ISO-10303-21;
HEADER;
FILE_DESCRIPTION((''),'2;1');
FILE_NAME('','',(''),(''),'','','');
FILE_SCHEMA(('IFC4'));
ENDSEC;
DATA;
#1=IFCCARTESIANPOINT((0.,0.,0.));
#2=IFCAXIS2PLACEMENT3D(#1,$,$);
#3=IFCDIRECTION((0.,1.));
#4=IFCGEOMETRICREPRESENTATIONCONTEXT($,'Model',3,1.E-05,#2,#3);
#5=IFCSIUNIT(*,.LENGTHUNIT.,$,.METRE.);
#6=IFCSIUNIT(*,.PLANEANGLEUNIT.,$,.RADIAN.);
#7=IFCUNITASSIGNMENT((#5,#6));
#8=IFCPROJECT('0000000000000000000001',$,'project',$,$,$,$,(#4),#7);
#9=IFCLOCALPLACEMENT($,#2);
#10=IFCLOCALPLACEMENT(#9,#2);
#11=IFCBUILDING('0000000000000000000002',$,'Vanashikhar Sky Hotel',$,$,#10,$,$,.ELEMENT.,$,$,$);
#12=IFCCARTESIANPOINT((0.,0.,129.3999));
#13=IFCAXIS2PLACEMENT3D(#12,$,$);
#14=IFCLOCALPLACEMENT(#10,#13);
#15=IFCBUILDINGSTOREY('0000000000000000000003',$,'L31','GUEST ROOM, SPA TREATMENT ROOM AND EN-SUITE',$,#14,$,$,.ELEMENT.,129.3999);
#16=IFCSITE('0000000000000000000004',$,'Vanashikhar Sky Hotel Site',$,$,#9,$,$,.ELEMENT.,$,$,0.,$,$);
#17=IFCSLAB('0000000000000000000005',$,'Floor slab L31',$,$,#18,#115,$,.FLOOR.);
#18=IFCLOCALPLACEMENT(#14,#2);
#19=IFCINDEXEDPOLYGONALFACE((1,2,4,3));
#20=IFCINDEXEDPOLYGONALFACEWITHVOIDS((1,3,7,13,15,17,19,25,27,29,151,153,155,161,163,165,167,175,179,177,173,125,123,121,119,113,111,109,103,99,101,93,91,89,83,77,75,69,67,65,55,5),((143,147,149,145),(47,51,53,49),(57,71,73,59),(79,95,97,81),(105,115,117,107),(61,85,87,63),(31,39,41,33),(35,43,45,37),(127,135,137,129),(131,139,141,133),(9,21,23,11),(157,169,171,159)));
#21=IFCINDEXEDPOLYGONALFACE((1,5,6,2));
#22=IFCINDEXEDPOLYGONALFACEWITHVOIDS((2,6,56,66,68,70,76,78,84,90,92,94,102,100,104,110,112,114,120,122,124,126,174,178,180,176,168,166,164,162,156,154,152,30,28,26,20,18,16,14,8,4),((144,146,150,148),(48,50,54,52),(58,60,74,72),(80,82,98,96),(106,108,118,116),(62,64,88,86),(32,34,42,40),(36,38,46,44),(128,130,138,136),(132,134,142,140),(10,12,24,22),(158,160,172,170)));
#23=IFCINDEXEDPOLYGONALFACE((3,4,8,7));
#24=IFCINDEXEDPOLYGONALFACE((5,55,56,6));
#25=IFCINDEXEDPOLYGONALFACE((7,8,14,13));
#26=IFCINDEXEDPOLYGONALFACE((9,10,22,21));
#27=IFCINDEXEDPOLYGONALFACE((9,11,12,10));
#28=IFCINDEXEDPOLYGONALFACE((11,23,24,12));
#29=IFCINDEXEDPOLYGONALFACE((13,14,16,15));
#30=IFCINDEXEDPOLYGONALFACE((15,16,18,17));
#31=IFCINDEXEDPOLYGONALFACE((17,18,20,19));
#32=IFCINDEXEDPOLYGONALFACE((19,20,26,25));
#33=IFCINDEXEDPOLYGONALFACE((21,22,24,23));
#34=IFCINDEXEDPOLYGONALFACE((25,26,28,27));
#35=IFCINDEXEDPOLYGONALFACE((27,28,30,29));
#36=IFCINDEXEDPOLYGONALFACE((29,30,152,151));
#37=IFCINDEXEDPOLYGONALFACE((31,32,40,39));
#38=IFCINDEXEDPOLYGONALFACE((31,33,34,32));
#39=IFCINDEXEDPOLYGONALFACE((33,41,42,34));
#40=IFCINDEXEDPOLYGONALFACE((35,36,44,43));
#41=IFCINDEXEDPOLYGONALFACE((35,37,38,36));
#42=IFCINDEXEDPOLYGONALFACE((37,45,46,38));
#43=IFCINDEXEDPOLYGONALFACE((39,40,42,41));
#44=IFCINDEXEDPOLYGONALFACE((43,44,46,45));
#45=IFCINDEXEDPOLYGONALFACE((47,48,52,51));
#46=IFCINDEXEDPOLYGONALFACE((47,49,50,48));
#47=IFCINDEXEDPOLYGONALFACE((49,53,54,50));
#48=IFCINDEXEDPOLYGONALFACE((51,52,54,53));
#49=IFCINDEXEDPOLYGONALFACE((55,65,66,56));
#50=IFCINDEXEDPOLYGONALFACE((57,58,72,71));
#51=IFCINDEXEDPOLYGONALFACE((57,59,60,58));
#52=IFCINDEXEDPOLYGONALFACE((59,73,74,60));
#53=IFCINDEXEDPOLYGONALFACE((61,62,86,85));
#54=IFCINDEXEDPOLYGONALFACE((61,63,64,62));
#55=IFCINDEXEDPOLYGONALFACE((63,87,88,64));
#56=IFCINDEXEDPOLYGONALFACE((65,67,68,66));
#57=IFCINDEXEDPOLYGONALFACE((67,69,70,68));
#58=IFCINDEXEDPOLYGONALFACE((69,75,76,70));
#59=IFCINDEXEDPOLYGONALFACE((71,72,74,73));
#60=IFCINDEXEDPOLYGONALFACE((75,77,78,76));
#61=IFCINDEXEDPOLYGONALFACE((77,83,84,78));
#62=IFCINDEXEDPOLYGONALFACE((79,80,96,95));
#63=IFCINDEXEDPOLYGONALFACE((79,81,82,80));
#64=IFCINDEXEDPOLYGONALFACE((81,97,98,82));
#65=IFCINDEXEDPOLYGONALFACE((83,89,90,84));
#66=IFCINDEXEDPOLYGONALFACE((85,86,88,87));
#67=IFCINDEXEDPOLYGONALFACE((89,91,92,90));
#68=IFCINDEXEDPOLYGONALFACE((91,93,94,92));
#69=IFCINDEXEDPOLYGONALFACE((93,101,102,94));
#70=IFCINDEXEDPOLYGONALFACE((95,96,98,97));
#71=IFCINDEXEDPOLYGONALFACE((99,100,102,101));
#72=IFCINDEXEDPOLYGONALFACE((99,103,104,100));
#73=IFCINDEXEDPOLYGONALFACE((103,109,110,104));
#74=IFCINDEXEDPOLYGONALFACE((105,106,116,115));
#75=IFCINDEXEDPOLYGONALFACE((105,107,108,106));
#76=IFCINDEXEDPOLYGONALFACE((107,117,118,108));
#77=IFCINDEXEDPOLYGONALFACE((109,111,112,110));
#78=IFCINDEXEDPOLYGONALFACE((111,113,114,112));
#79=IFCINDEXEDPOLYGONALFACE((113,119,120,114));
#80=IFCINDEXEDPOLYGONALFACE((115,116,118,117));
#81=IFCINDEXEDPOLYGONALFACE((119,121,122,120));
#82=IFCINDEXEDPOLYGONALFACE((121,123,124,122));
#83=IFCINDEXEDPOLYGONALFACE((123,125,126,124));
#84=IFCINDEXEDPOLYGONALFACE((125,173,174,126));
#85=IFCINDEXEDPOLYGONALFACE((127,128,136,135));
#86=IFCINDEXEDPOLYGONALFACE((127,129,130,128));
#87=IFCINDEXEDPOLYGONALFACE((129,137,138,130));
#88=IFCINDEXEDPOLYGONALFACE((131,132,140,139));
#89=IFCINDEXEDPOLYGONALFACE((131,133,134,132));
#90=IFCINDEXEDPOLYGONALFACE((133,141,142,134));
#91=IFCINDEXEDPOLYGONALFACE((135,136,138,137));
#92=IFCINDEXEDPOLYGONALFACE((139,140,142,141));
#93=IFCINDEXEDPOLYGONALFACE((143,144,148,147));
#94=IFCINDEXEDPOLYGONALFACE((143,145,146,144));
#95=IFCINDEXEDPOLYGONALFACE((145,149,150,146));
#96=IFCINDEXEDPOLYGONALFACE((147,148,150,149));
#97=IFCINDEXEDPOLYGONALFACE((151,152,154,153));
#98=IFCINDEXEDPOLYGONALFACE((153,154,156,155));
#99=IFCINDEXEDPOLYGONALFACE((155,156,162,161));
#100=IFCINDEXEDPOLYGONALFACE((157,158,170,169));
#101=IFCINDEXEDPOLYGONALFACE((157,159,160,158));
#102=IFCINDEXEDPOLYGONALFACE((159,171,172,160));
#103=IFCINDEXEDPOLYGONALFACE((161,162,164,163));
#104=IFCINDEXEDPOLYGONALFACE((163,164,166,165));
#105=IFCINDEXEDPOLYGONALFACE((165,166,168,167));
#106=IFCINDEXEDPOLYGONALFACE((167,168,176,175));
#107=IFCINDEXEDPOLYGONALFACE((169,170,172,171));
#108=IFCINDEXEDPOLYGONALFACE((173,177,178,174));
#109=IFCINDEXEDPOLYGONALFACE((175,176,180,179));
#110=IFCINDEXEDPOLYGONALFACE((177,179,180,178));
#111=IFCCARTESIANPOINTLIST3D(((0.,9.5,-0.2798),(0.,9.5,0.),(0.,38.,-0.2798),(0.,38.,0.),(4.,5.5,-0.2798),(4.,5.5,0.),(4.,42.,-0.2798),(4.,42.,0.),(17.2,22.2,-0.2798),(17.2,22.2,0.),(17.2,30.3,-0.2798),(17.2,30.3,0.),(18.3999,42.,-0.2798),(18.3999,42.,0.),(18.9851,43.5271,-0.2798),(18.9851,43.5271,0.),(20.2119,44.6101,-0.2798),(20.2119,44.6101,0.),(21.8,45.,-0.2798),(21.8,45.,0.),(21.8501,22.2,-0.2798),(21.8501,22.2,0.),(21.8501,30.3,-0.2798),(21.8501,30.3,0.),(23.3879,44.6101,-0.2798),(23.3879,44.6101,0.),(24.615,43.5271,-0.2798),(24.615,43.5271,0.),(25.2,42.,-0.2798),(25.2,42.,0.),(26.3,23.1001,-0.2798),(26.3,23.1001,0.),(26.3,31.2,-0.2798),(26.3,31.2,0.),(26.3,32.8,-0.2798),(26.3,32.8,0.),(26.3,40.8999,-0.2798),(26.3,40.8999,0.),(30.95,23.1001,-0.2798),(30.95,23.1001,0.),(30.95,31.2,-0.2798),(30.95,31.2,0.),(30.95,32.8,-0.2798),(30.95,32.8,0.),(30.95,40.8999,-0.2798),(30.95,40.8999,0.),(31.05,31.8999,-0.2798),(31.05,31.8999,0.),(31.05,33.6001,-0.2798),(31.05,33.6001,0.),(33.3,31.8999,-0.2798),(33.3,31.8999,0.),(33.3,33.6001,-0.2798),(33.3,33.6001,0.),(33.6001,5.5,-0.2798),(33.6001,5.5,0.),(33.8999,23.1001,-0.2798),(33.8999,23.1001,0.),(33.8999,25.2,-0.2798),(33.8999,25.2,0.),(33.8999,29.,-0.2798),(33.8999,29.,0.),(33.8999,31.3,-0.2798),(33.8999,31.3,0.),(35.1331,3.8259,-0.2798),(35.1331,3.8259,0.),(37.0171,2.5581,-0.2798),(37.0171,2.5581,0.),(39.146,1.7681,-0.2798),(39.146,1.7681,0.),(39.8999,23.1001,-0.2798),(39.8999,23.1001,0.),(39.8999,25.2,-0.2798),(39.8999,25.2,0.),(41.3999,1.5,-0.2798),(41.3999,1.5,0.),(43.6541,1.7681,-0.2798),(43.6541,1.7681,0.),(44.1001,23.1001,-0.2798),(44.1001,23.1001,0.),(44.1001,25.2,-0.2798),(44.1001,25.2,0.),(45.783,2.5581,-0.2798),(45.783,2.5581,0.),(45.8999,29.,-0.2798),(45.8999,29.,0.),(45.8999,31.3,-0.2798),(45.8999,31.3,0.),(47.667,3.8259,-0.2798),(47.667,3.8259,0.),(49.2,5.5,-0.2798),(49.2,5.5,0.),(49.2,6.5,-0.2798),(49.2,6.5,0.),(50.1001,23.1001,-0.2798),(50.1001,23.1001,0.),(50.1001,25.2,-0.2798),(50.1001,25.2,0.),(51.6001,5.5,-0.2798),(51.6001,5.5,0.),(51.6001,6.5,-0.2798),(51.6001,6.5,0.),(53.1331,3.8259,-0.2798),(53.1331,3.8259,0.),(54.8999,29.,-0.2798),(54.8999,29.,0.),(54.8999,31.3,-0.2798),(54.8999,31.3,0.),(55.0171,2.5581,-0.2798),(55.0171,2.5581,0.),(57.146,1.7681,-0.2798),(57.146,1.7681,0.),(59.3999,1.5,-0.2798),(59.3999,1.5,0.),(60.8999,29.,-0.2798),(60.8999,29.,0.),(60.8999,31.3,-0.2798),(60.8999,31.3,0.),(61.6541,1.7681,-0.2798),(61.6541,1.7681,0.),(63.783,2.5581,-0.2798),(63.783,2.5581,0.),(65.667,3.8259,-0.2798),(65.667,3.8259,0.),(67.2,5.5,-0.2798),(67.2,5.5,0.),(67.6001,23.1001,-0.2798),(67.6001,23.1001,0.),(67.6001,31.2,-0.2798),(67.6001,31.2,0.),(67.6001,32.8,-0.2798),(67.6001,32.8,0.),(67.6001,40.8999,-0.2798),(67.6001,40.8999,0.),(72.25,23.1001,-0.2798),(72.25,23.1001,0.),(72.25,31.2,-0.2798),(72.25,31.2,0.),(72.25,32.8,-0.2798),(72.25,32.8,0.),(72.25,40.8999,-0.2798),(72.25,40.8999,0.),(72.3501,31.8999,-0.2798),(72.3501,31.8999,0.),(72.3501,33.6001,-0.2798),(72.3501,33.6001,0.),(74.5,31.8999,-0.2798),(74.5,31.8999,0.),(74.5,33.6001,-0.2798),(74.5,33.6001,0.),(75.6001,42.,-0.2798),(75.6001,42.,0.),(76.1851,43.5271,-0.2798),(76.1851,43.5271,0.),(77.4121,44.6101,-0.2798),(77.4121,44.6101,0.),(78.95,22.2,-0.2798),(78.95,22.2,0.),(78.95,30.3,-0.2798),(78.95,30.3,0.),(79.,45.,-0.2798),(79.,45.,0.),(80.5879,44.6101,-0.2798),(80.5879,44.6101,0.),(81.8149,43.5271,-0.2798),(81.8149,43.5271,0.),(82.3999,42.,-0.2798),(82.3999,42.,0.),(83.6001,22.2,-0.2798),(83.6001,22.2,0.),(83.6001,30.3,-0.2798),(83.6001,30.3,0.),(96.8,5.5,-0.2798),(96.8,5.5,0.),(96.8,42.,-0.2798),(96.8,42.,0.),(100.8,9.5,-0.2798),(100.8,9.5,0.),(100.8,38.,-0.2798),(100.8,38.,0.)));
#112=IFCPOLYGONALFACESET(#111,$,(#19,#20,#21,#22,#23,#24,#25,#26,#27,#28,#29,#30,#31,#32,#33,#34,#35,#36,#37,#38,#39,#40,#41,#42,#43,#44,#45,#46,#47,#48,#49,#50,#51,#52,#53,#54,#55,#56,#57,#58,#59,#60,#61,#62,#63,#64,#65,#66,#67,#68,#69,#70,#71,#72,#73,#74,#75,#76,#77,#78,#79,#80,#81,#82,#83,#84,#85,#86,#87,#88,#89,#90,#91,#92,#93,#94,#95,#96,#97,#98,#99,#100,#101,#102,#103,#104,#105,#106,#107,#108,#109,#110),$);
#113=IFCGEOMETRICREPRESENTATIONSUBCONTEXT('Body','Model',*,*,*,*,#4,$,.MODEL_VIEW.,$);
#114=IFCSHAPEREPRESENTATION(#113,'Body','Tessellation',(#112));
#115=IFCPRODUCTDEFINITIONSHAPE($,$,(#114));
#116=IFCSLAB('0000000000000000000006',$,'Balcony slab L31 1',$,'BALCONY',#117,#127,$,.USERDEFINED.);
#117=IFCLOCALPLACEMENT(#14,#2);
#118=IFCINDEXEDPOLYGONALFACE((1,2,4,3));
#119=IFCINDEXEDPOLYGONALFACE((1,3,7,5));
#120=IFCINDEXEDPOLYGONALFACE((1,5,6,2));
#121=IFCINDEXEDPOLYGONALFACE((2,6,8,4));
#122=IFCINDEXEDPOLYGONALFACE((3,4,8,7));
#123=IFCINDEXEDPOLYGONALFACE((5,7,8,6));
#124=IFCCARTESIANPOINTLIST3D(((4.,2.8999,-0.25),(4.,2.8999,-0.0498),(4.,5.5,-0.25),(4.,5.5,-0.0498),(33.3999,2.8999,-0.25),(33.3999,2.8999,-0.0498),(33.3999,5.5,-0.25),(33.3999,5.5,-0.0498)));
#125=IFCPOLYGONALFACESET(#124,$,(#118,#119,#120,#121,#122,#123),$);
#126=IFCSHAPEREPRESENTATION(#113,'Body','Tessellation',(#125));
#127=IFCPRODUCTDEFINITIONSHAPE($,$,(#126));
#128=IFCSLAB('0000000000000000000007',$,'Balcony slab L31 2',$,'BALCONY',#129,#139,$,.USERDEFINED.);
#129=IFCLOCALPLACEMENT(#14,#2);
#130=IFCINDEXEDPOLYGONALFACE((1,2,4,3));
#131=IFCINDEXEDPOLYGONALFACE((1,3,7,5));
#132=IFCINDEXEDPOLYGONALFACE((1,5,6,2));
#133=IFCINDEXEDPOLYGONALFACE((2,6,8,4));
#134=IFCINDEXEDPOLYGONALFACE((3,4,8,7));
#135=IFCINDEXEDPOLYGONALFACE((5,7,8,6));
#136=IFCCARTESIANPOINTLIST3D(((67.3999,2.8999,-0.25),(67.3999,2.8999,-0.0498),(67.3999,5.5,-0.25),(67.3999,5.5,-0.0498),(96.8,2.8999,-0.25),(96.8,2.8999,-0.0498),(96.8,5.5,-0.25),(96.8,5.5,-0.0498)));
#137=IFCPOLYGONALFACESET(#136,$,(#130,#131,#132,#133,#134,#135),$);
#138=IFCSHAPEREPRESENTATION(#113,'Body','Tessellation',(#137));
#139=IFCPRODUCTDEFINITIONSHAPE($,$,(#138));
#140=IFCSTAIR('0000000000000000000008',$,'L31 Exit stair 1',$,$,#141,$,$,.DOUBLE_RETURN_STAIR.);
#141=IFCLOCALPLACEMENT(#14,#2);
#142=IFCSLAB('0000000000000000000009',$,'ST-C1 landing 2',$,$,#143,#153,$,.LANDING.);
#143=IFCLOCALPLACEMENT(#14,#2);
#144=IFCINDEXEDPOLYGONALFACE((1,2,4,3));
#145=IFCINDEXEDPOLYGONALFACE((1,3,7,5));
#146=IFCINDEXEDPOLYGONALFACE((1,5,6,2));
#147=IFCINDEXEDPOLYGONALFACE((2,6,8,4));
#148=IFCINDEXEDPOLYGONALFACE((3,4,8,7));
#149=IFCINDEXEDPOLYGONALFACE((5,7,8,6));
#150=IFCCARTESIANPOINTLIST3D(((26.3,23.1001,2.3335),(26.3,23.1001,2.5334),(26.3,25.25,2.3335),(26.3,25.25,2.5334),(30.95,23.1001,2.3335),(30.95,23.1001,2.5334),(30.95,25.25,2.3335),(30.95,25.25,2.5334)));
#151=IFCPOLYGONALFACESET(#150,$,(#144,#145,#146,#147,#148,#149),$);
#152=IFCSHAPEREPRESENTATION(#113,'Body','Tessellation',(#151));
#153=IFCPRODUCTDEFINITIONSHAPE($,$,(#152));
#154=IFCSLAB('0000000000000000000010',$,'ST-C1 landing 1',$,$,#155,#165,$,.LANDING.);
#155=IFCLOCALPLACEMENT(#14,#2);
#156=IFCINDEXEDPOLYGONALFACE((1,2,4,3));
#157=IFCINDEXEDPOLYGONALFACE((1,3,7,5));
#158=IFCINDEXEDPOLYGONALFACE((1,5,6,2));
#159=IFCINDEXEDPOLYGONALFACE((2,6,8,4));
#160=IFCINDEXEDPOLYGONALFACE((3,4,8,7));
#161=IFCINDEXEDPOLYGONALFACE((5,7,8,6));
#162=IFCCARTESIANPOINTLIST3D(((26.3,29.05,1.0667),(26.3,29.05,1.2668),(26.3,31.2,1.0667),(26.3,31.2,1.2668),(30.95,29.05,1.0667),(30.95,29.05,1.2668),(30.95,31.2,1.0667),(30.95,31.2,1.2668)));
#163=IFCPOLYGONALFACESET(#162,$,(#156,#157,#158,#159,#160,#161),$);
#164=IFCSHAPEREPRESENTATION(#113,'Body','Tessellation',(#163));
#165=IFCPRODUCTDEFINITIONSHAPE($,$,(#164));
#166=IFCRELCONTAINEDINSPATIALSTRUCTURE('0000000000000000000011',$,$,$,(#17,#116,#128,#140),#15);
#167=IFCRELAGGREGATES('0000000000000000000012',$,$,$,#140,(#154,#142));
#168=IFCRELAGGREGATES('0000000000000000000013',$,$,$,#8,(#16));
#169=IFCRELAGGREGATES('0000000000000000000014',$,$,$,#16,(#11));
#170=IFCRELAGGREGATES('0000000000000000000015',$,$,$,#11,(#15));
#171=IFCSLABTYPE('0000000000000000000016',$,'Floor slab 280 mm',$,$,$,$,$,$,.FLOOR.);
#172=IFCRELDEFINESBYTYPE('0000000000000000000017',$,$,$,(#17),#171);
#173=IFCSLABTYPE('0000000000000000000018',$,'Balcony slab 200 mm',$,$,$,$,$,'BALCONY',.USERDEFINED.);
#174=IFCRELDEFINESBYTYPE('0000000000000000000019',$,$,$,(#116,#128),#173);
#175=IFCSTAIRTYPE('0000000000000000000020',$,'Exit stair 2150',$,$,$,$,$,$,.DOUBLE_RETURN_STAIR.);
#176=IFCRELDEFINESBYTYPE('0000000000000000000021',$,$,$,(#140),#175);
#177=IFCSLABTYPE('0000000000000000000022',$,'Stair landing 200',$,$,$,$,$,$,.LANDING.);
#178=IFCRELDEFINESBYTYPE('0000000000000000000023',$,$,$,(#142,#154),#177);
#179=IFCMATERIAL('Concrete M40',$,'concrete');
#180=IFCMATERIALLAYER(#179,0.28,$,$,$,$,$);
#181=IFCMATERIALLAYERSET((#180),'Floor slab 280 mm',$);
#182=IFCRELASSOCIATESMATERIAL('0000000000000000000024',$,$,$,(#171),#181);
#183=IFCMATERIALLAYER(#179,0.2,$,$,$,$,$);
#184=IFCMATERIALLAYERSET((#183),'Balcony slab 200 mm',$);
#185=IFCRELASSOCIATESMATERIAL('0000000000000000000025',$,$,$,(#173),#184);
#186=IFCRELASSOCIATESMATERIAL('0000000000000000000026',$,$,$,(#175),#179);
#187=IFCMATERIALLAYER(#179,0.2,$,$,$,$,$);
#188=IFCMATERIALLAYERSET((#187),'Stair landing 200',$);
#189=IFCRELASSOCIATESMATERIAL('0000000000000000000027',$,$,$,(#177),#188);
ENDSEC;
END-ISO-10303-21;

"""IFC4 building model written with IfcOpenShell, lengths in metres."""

from ifc_helpers import new_model, si_unit, direction, frame, origin, place, context, subcontext, project, spatial, polyline, outline, extrude, source, transform, mapped, material, layer, layer_set, type_object, element, aggregate, save


model = new_model("IFC4")

# Units and contexts
model_context = context("Model", 3, precision=1e-05, world=origin(), true_north=direction((0.0, 1.0)))
body_context = subcontext(model_context, "Body", "Model", "MODEL_VIEW")
ifc_project = project(units=[si_unit("LENGTHUNIT", "METRE"), si_unit("PLANEANGLEUNIT", "RADIAN")], contexts=[model_context])

# Site, building, storey
site_placement = place(None, origin())
site = spatial("IfcSite", under=ifc_project, at=site_placement, Name="Vanashikhar Sky Hotel Site", CompositionType="ELEMENT", RefElevation=0.0)
building_placement = place(site_placement, origin())
building = spatial("IfcBuilding", under=site, at=building_placement, Name="Vanashikhar Sky Hotel", CompositionType="ELEMENT")
storey_placement = place(building_placement, frame((0.0, 0.0, 129.3999)))
storey = spatial("IfcBuildingStorey", under=building, at=storey_placement, Name="L31", Description="GUEST ROOM, SPA TREATMENT ROOM AND EN-SUITE", CompositionType="ELEMENT", Elevation=129.3999)

# Slabs
ifc_material_1 = material(Name="Concrete M40", Category="concrete")
ifc_layer_1 = layer(ifc_material_1, 0.28)
ifc_layer_set_1 = layer_set([ifc_layer_1], Name="Floor slab 280 mm")
slab_type_1 = type_object("IfcSlabType", Name="Floor slab 280 mm", PredefinedType="FLOOR", material=ifc_layer_set_1)
shared_shape_1 = source(origin(), body_context, "Body", "SweptSolid", [
    extrude(outline(polyline([(49.2, 5.5), (49.2, 6.5), (51.6001, 6.5), (51.6001, 5.5), (53.1331, 3.8259), (55.0171, 2.5581), (57.146, 1.7681), (59.3999, 1.5), (61.6541, 1.7681), (63.783, 2.5581), (65.667, 3.8259), (67.2, 5.5), (96.8, 5.5), (100.8, 9.5), (100.8, 38.0), (96.8, 42.0), (82.3999, 42.0), (81.8149, 43.5271), (80.5879, 44.6101), (79.0, 45.0), (77.4121, 44.6101), (76.1851, 43.5271), (75.6001, 42.0), (25.2, 42.0), (24.615, 43.5271), (23.3879, 44.6101), (21.8, 45.0), (20.2119, 44.6101), (18.9851, 43.5271), (18.3999, 42.0), (4.0, 42.0), (0.0, 38.0), (0.0, 9.5), (4.0, 5.5), (33.6001, 5.5), (35.1331, 3.8259), (37.0171, 2.5581), (39.146, 1.7681), (41.3999, 1.5), (43.6541, 1.7681), (45.783, 2.5581), (47.667, 3.8259), (49.2, 5.5)]), holes=[polyline([(33.3, 33.6001), (31.05, 33.6001), (31.05, 31.8999), (33.3, 31.8999), (33.3, 33.6001)]), polyline([(33.8999, 25.2), (33.8999, 23.1001), (39.8999, 23.1001), (39.8999, 25.2), (33.8999, 25.2)]), polyline([(33.8999, 31.3), (33.8999, 29.0), (45.8999, 29.0), (45.8999, 31.3), (33.8999, 31.3)]), polyline([(44.1001, 25.2), (44.1001, 23.1001), (50.1001, 23.1001), (50.1001, 25.2), (44.1001, 25.2)]), polyline([(54.8999, 31.3), (54.8999, 29.0), (60.8999, 29.0), (60.8999, 31.3), (54.8999, 31.3)]), polyline([(74.5, 33.6001), (72.3501, 33.6001), (72.3501, 31.8999), (74.5, 31.8999), (74.5, 33.6001)]), polyline([(30.95, 23.1001), (30.95, 31.2), (26.3, 31.2), (26.3, 23.1001), (30.95, 23.1001)]), polyline([(72.25, 23.1001), (72.25, 31.2), (67.6001, 31.2), (67.6001, 23.1001), (72.25, 23.1001)]), polyline([(30.95, 32.8), (30.95, 40.8999), (26.3, 40.8999), (26.3, 32.8), (30.95, 32.8)]), polyline([(72.25, 32.8), (72.25, 40.8999), (67.6001, 40.8999), (67.6001, 32.8), (72.25, 32.8)]), polyline([(83.6001, 22.2), (83.6001, 30.3), (78.95, 30.3), (78.95, 22.2), (83.6001, 22.2)]), polyline([(21.8501, 22.2), (21.8501, 30.3), (17.2, 30.3), (17.2, 22.2), (21.8501, 22.2)])]), origin(), (0.0, 0.0, 1.0), 0.2798),
])
slab_1_placement = place(storey_placement, frame((0.0, 0.0, -0.2798)))
element("IfcSlab", 1, at=slab_1_placement, inside=storey, type_object=slab_type_1, Name="Floor slab L31", PredefinedType="FLOOR", context=body_context, shape_type="MappedRepresentation", body=[
    mapped(shared_shape_1, transform((0.0, 0.0, 0.0), scale=1.0)),
])
ifc_layer_2 = layer(ifc_material_1, 0.2)
ifc_layer_set_2 = layer_set([ifc_layer_2], Name="Balcony slab 200 mm")
slab_type_2 = type_object("IfcSlabType", Name="Balcony slab 200 mm", ElementType="BALCONY", PredefinedType="USERDEFINED", material=ifc_layer_set_2)
shared_shape_2 = source(origin(), body_context, "Body", "SweptSolid", [
    extrude(outline(polyline([(4.0, 2.8999), (33.3999, 2.8999), (33.3999, 5.5), (4.0, 5.5), (4.0, 2.8999)])), origin(), (0.0, 0.0, 1.0), 0.2002),
])
slab_2_placement = place(storey_placement, frame((0.0, 0.0, -0.25)))
element("IfcSlab", 2, at=slab_2_placement, inside=storey, type_object=slab_type_2, Name="Balcony slab L31 1", ObjectType="BALCONY", PredefinedType="USERDEFINED", context=body_context, shape_type="MappedRepresentation", body=[
    mapped(shared_shape_2, transform((0.0, 0.0, 0.0), scale=1.0)),
])
shared_shape_3 = source(origin(), body_context, "Body", "SweptSolid", [
    extrude(outline(polyline([(67.3999, 2.8999), (96.8, 2.8999), (96.8, 5.5), (67.3999, 5.5), (67.3999, 2.8999)])), origin(), (0.0, 0.0, 1.0), 0.2002),
])
slab_3_placement = place(storey_placement, frame((0.0, 0.0, -0.25)))
element("IfcSlab", 3, at=slab_3_placement, inside=storey, type_object=slab_type_2, Name="Balcony slab L31 2", ObjectType="BALCONY", PredefinedType="USERDEFINED", context=body_context, shape_type="MappedRepresentation", body=[
    mapped(shared_shape_3, transform((0.0, 0.0, 0.0), scale=1.0)),
])

# Stair, slabs
stair_type = type_object("IfcStairType", Name="Exit stair 2150", PredefinedType="DOUBLE_RETURN_STAIR", material=ifc_material_1)
stair_1_placement = place(storey_placement, origin())
stair_1 = element("IfcStair", 4, at=stair_1_placement, inside=storey, type_object=stair_type, Name="L31 Exit stair 1", PredefinedType="DOUBLE_RETURN_STAIR")
ifc_layer_3 = layer(ifc_material_1, 0.2)
ifc_layer_set_3 = layer_set([ifc_layer_3], Name="Stair landing 200")
slab_type_3 = type_object("IfcSlabType", Name="Stair landing 200", PredefinedType="LANDING", material=ifc_layer_set_3)
shared_shape_4 = source(origin(), body_context, "Body", "SweptSolid", [
    extrude(outline(polyline([(30.95, 23.1001), (30.95, 25.25), (26.3, 25.25), (26.3, 23.1001), (30.95, 23.1001)])), origin(), (0.0, 0.0, 1.0), 0.2),
])
slab_4_placement = place(storey_placement, frame((0.0, 0.0, 2.3335)))
slab_4 = element("IfcSlab", 5, at=slab_4_placement, type_object=slab_type_3, Name="ST-C1 landing 2", PredefinedType="LANDING", context=body_context, shape_type="MappedRepresentation", body=[
    mapped(shared_shape_4, transform((0.0, 0.0, 0.0), scale=1.0)),
])
shared_shape_5 = source(origin(), body_context, "Body", "SweptSolid", [
    extrude(outline(polyline([(30.95, 29.05), (30.95, 31.2), (26.3, 31.2), (26.3, 29.05), (30.95, 29.05)])), origin(), (0.0, 0.0, 1.0), 0.2002),
])
slab_5_placement = place(storey_placement, frame((0.0, 0.0, 1.0667)))
slab_5 = element("IfcSlab", 6, at=slab_5_placement, type_object=slab_type_3, Name="ST-C1 landing 1", PredefinedType="LANDING", context=body_context, shape_type="MappedRepresentation", body=[
    mapped(shared_shape_5, transform((0.0, 0.0, 0.0), scale=1.0)),
])
aggregate(stair_1, [slab_5, slab_4])

save(model, "model.ifc")
